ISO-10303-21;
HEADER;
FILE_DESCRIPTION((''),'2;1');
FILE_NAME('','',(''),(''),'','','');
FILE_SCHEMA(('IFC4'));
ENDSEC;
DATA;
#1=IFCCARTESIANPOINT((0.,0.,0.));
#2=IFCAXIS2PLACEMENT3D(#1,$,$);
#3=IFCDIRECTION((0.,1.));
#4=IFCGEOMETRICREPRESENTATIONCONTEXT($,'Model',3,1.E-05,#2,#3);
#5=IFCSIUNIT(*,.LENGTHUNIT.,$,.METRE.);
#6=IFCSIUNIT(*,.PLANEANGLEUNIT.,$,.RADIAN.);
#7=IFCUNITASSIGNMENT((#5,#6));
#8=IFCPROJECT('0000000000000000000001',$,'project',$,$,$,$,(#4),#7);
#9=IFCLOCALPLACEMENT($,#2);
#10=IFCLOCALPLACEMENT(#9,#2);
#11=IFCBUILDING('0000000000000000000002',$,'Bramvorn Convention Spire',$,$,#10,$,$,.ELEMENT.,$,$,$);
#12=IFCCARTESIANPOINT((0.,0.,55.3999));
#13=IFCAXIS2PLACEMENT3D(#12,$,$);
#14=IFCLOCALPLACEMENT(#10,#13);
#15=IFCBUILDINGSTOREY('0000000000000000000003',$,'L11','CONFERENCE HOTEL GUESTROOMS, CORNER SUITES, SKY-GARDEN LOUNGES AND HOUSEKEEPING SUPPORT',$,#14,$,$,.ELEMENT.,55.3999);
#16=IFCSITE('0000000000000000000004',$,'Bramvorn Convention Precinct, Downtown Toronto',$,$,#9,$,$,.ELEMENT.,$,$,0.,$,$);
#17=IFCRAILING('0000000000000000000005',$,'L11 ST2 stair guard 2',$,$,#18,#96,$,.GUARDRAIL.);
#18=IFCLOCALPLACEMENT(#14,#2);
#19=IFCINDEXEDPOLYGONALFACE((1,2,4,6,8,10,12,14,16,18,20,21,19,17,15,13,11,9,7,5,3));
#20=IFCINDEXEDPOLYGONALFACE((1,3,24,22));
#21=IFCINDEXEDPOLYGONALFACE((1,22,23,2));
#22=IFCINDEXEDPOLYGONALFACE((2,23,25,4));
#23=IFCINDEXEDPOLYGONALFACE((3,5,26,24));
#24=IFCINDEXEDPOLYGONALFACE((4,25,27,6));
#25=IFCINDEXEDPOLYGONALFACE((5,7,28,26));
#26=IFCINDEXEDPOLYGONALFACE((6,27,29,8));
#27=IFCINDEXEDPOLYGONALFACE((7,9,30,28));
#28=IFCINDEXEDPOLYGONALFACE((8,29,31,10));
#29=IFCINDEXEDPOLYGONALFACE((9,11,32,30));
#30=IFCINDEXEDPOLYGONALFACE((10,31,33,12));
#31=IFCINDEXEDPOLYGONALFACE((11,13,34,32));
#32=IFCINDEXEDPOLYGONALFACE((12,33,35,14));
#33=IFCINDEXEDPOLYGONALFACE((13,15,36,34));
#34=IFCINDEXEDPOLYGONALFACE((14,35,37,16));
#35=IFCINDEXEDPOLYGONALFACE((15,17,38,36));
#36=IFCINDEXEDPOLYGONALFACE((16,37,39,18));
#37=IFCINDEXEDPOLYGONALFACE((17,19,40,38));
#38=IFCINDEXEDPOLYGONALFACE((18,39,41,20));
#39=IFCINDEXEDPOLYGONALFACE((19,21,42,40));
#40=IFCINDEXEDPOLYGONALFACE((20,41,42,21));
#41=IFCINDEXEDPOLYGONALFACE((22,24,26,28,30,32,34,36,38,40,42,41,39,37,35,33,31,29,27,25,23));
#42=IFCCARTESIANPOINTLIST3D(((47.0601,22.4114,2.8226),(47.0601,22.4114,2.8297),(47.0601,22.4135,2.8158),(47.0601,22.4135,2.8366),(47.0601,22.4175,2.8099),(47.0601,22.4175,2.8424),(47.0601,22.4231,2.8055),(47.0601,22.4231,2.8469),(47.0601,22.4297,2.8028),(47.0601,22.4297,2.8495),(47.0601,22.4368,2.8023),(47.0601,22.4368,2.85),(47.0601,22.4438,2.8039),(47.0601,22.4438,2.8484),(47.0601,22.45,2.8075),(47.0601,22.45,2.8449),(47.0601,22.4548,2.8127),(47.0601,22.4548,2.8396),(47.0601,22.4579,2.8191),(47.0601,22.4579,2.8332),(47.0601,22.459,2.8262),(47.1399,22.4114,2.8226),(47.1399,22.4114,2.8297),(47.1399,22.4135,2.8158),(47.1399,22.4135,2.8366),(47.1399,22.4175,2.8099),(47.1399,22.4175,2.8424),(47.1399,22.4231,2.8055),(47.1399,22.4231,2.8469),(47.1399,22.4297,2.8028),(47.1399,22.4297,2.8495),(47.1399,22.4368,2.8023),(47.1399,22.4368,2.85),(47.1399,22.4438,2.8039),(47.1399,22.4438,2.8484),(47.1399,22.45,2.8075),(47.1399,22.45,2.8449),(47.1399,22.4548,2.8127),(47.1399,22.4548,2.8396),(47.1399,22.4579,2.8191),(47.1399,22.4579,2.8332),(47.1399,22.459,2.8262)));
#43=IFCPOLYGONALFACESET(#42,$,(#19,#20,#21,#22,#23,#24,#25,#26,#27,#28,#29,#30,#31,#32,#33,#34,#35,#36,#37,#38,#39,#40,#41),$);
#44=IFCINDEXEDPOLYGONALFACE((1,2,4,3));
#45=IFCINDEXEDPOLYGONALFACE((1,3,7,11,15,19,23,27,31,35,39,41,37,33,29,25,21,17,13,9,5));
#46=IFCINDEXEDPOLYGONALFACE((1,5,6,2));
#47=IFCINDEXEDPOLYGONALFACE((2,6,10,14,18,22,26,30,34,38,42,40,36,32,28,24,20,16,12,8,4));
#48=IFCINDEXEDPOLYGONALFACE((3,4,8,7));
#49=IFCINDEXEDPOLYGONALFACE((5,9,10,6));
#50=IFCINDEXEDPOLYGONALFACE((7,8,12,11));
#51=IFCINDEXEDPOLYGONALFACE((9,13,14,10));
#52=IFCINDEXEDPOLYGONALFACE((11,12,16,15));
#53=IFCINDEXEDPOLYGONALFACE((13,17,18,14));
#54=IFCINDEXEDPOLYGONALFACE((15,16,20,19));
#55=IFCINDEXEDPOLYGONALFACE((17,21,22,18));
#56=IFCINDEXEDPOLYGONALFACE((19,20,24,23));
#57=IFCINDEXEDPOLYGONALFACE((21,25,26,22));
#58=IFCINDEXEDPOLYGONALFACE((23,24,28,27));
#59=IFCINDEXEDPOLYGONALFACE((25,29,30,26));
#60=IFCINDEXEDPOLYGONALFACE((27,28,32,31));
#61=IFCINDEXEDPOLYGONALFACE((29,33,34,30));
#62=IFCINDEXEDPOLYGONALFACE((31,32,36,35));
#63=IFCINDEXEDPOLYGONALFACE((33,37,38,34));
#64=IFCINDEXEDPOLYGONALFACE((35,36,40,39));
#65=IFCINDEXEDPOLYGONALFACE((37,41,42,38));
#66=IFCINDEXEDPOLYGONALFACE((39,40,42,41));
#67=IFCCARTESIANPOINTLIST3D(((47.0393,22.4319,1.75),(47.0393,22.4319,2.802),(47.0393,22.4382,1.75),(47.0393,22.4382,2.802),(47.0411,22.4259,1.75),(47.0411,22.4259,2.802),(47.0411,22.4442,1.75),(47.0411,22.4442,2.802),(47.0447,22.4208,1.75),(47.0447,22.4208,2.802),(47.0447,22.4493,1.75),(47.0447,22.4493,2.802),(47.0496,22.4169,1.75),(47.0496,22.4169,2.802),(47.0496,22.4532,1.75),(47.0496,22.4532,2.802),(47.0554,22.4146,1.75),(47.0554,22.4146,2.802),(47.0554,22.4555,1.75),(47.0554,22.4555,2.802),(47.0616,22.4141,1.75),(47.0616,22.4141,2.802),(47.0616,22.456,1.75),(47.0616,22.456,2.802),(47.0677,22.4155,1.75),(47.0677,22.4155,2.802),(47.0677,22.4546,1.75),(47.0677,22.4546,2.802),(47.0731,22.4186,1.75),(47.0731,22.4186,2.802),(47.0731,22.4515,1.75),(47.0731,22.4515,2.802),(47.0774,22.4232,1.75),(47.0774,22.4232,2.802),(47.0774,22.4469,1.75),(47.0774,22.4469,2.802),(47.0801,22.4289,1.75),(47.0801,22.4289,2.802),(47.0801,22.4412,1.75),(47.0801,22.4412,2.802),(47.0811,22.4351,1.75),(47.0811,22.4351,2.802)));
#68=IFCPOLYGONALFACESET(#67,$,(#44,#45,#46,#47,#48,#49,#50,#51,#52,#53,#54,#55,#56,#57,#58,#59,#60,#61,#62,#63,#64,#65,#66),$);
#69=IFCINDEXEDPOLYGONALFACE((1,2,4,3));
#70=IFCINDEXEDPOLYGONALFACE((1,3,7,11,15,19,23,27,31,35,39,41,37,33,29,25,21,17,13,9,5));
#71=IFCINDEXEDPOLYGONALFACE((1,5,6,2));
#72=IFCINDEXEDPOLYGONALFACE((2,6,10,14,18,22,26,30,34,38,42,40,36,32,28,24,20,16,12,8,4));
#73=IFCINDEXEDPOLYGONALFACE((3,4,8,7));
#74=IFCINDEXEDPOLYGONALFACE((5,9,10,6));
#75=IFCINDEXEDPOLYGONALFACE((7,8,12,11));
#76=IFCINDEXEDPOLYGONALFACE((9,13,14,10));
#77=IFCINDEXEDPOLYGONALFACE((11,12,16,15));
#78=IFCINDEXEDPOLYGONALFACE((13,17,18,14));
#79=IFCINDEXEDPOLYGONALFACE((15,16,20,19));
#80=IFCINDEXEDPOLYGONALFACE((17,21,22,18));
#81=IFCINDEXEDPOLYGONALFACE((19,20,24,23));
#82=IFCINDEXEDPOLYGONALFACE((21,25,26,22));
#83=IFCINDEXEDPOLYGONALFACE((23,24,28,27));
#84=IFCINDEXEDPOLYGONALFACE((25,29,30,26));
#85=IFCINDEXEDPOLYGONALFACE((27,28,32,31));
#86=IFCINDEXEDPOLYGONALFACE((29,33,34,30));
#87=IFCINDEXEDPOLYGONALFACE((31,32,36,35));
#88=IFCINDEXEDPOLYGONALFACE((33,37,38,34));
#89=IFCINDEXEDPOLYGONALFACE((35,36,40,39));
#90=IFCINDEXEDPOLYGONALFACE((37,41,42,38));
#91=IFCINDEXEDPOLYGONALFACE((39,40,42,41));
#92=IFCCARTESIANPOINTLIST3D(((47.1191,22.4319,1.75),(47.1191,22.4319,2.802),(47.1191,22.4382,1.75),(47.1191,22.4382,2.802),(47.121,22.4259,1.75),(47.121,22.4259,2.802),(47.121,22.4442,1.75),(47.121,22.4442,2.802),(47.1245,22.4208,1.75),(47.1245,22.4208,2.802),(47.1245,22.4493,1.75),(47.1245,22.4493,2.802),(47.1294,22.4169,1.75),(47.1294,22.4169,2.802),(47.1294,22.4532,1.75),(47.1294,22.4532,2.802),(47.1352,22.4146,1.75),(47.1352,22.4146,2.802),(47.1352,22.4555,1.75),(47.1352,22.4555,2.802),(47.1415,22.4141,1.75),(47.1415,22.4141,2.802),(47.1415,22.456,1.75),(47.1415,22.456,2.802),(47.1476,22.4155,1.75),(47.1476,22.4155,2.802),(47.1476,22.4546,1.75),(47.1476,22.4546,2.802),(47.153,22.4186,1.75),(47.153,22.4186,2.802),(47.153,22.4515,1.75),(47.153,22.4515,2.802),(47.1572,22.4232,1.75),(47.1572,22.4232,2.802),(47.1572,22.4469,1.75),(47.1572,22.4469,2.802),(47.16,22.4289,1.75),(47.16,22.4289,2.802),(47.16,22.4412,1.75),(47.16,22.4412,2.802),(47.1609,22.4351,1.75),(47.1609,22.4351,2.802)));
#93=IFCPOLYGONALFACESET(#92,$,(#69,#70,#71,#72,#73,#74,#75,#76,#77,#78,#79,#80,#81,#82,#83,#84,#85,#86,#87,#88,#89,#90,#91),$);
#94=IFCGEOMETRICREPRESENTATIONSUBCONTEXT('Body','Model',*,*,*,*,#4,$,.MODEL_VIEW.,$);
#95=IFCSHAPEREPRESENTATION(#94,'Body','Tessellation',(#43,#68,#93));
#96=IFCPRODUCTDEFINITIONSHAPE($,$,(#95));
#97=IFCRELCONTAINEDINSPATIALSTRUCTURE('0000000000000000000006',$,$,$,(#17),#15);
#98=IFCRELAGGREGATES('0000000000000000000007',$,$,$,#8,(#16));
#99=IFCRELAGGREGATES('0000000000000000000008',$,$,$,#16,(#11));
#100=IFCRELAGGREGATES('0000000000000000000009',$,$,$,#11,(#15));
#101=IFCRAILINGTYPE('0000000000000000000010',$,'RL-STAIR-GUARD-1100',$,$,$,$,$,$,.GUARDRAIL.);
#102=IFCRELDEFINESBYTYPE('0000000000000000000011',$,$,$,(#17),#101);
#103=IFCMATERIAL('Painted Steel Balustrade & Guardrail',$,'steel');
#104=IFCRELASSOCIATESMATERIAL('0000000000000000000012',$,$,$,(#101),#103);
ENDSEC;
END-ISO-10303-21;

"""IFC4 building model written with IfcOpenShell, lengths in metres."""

from ifc_helpers import new_model, si_unit, direction, frame, origin, origin_2d, place, context, subcontext, project, spatial, circle, extrude, material, type_object, element, save


model = new_model("IFC4")

# Units and contexts
model_context = context("Model", 3, precision=1e-05, world=origin(), true_north=direction((0.0, 1.0)))
body_context = subcontext(model_context, "Body", "Model", "MODEL_VIEW")
ifc_project = project(units=[si_unit("LENGTHUNIT", "METRE"), si_unit("PLANEANGLEUNIT", "RADIAN")], contexts=[model_context])

# Site, building, storey
site_placement = place(None, origin())
site = spatial("IfcSite", under=ifc_project, at=site_placement, Name="Bramvorn Convention Precinct, Downtown Toronto", CompositionType="ELEMENT", RefElevation=0.0)
building_placement = place(site_placement, origin())
building = spatial("IfcBuilding", under=site, at=building_placement, Name="Bramvorn Convention Spire", CompositionType="ELEMENT")
storey_placement = place(building_placement, frame((0.0, 0.0, 55.3999)))
storey = spatial("IfcBuildingStorey", under=building, at=storey_placement, Name="L11", Description="CONFERENCE HOTEL GUESTROOMS, CORNER SUITES, SKY-GARDEN LOUNGES AND HOUSEKEEPING SUPPORT", CompositionType="ELEMENT", Elevation=55.3999)

# Railing
ifc_material_1 = material(Name="Painted Steel Balustrade & Guardrail", Category="steel")
railing_type_1 = type_object("IfcRailingType", Name="RL-STAIR-GUARD-1100", PredefinedType="GUARDRAIL", material=ifc_material_1)
railing_1_placement = place(storey_placement, frame((47.0601, 22.4351, 1.75)))
element("IfcRailing", 1, at=railing_1_placement, inside=storey, type_object=railing_type_1, Name="L11 ST2 stair guard 2", PredefinedType="GUARDRAIL", context=body_context, shape_type="SweptSolid", body=[
    extrude(circle(Radius=0.0239, at=origin_2d()), frame((0.0, 0.0, 1.0762), z_axis=(1.0, 0.0, 0.0), x_axis=(0.0, 1.0, 0.0)), (0.0, 0.0, 1.0), 0.0798),
    extrude(circle(Radius=0.021, at=origin_2d()), origin(), (0.0, 0.0, 1.0), 1.052),
    extrude(circle(Radius=0.021, at=origin_2d()), frame((0.0798, 0.0, 0.0)), (0.0, 0.0, 1.0), 1.052),
])

save(model, "model.ifc")
